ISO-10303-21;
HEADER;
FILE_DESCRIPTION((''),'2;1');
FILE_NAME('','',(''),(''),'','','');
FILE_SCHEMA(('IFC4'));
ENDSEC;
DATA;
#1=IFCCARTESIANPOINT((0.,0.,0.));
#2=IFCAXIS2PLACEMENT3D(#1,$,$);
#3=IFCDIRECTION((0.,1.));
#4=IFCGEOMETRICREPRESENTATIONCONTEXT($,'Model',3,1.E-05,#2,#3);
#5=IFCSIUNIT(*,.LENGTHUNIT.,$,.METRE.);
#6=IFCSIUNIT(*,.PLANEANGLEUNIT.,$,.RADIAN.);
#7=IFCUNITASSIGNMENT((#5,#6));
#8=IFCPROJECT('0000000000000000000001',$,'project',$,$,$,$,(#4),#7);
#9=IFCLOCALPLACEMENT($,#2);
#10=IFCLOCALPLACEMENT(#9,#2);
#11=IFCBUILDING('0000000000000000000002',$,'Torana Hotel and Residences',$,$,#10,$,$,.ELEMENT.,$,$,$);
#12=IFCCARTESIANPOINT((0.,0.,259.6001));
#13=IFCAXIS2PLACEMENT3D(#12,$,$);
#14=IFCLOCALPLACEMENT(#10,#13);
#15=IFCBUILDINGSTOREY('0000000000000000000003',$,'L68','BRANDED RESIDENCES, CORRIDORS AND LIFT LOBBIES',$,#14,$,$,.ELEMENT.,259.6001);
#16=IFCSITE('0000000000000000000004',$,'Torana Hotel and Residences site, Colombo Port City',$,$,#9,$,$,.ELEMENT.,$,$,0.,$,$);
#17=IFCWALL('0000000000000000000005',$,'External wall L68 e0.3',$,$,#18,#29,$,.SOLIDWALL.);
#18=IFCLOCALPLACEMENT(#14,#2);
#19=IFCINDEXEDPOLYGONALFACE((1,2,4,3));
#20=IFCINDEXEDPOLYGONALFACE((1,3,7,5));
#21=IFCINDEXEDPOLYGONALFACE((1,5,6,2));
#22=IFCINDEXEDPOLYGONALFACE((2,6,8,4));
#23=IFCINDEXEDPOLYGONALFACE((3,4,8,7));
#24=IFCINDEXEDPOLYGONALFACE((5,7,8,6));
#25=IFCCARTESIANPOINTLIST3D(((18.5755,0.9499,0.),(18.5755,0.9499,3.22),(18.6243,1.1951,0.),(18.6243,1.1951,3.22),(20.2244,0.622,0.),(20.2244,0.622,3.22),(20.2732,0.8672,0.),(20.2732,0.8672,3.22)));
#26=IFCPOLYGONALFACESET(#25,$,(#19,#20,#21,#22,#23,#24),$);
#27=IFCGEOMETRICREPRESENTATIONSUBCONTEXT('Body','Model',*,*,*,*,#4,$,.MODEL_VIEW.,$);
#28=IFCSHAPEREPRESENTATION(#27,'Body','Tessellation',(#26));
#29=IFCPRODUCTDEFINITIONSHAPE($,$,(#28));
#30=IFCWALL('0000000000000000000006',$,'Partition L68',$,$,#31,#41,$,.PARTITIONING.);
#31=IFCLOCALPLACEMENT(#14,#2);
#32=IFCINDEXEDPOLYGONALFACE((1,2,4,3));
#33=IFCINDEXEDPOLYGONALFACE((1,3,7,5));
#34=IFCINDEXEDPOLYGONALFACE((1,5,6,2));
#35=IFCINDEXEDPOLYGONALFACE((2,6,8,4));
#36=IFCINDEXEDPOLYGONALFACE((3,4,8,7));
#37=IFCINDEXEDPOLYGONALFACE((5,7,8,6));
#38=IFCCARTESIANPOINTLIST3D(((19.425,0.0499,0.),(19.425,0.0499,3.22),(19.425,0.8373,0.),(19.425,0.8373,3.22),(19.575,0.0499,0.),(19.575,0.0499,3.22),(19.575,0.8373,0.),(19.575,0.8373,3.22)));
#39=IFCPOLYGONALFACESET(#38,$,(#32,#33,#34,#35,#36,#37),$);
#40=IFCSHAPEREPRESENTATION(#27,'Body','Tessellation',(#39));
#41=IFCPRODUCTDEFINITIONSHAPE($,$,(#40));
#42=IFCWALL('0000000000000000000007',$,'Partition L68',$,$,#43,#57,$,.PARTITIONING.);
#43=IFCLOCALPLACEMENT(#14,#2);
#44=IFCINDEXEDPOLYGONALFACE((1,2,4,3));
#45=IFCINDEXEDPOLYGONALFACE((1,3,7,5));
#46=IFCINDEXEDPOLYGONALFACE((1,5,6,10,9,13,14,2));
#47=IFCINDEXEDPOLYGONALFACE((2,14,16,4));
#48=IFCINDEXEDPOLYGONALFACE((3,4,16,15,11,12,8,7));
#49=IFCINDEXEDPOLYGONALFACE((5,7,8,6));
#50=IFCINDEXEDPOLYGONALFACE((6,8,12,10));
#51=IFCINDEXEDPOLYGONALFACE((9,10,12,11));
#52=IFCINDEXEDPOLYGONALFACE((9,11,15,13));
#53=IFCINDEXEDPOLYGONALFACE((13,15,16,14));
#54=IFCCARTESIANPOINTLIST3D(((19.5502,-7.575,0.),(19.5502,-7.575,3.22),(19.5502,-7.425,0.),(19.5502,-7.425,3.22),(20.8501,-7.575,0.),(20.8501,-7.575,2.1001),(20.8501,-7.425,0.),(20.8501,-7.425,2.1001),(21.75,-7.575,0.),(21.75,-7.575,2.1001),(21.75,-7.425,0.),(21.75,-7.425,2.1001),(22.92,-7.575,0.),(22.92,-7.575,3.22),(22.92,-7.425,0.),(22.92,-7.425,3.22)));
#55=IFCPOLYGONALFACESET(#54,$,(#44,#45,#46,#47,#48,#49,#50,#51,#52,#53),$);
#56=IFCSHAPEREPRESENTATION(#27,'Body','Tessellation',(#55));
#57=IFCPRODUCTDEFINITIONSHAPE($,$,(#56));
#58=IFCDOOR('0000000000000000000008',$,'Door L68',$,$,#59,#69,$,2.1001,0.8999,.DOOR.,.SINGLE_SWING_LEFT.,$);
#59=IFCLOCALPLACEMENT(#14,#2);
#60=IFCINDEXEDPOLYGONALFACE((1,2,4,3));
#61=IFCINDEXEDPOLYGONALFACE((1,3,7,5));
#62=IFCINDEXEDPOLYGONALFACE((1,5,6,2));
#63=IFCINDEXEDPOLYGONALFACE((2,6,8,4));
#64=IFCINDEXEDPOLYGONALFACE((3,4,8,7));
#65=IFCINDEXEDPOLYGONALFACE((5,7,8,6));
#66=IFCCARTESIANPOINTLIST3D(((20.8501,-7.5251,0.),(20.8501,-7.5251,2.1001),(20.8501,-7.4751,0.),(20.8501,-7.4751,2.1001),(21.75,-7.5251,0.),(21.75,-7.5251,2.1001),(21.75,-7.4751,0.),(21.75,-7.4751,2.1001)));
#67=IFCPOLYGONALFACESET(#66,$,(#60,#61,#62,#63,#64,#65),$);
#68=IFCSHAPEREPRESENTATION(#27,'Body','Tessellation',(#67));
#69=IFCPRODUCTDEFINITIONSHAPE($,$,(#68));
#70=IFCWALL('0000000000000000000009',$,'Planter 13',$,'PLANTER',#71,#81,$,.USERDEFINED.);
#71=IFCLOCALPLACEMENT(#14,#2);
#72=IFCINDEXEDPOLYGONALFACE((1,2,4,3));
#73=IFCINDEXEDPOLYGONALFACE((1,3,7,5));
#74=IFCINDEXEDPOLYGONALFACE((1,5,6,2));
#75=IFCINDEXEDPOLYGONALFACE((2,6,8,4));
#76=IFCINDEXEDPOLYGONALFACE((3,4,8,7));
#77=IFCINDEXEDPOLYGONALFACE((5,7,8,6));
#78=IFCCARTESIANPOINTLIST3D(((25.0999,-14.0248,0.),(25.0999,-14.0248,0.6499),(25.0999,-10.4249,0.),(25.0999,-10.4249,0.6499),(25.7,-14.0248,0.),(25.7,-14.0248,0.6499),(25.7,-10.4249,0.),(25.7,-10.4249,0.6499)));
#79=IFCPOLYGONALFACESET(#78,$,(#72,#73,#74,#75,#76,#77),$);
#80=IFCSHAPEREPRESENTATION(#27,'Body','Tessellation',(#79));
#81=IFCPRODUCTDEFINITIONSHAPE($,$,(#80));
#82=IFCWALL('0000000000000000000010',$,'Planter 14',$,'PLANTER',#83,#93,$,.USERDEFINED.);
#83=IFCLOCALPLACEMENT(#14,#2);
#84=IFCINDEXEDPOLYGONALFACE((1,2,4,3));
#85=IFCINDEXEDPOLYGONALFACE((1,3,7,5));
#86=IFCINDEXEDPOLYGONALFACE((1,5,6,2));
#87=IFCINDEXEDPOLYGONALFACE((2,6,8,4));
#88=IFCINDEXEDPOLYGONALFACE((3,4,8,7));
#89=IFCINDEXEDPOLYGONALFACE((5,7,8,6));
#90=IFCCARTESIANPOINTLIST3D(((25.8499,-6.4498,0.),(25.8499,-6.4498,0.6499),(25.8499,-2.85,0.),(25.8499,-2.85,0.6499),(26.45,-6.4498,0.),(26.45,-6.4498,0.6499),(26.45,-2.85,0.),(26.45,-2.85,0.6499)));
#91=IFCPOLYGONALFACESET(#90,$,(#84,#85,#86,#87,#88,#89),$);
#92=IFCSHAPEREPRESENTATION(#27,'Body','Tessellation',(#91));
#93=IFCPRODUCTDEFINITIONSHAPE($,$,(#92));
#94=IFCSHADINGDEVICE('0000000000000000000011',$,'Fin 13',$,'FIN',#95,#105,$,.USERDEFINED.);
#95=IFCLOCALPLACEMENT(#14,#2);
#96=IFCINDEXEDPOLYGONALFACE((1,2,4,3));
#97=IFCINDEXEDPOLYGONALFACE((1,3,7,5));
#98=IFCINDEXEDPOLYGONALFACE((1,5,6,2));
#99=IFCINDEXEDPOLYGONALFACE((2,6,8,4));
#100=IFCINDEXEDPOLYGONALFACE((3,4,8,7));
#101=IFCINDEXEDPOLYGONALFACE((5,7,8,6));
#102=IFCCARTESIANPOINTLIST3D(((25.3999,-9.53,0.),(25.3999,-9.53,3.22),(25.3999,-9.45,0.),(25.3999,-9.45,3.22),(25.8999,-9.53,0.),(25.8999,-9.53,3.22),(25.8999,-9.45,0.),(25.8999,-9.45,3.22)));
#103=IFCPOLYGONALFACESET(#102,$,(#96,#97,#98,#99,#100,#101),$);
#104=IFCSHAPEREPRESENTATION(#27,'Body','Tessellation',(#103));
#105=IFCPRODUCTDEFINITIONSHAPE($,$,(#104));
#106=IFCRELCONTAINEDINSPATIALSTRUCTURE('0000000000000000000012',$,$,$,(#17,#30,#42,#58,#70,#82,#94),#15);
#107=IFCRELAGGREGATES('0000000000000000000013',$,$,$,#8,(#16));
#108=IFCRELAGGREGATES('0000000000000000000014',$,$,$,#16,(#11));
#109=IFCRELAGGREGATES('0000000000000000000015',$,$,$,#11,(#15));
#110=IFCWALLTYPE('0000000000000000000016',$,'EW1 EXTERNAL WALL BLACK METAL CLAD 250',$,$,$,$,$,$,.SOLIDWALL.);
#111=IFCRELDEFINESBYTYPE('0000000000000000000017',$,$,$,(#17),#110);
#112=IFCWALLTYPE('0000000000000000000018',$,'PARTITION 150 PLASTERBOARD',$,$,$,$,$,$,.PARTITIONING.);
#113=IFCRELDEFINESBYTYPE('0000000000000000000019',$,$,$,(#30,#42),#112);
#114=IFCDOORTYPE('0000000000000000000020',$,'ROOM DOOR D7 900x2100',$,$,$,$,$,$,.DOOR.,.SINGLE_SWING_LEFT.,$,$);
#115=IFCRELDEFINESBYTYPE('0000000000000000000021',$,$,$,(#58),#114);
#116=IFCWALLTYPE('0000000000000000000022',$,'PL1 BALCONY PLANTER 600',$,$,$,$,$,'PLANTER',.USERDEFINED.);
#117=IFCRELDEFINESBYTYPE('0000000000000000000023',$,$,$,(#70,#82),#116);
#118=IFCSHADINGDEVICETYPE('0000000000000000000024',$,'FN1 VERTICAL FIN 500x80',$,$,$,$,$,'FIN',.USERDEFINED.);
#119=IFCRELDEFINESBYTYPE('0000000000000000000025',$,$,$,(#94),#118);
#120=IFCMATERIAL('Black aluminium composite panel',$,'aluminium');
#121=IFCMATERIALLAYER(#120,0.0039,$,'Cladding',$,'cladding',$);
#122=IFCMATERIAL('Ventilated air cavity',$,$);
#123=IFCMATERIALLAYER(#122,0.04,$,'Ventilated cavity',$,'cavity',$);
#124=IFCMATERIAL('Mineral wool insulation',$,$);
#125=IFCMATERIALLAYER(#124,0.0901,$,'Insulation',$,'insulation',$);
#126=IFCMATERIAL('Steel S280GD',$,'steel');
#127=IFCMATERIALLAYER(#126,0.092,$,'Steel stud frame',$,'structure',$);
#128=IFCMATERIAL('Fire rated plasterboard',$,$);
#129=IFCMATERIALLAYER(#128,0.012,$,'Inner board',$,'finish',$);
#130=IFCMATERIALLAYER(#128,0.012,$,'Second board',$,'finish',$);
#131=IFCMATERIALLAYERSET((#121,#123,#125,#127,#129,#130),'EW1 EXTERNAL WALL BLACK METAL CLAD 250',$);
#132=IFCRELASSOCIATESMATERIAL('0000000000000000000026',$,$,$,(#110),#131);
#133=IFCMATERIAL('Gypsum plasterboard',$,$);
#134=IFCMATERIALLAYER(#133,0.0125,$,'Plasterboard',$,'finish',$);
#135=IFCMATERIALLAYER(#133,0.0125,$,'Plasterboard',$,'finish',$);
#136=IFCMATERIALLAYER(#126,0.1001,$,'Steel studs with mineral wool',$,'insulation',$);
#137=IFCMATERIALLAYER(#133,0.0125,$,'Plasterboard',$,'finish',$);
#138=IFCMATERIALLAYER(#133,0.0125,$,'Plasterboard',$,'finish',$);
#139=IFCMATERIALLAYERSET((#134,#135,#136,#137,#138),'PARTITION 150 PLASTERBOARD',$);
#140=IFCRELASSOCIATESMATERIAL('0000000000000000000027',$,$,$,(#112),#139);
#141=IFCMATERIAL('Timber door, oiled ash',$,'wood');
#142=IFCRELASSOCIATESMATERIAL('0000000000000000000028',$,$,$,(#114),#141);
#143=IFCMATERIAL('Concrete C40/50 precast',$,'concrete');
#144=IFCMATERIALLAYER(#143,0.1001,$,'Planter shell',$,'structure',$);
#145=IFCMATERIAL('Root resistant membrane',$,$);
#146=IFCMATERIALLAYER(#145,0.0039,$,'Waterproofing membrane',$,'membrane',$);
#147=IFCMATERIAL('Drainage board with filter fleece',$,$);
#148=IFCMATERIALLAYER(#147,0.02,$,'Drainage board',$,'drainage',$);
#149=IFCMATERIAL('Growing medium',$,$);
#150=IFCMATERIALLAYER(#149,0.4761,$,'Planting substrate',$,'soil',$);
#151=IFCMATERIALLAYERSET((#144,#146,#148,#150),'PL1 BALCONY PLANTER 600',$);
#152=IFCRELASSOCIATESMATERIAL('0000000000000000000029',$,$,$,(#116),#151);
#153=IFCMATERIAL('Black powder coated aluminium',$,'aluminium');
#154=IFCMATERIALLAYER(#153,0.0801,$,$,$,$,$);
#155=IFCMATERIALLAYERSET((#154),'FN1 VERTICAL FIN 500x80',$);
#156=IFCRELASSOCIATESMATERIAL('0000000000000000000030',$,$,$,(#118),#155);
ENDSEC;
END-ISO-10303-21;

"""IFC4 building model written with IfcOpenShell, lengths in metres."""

from ifc_helpers import new_model, si_unit, direction, frame, frame_2d, origin, origin_2d, place, context, subcontext, project, spatial, rectangle, extrude, material, layer, layer_set, type_object, element, fill, save


model = new_model("IFC4")

# Units and contexts
model_context = context("Model", 3, precision=1e-05, world=origin(), true_north=direction((0.0, 1.0)))
body_context = subcontext(model_context, "Body", "Model", "MODEL_VIEW")
ifc_project = project(units=[si_unit("LENGTHUNIT", "METRE"), si_unit("PLANEANGLEUNIT", "RADIAN")], contexts=[model_context])

# Site, building, storey
site_placement = place(None, origin())
site = spatial("IfcSite", under=ifc_project, at=site_placement, Name="Torana Hotel and Residences site, Colombo Port City", CompositionType="ELEMENT", RefElevation=0.0)
building_placement = place(site_placement, origin())
building = spatial("IfcBuilding", under=site, at=building_placement, Name="Torana Hotel and Residences", CompositionType="ELEMENT")
storey_placement = place(building_placement, frame((0.0, 0.0, 259.6001)))
storey = spatial("IfcBuildingStorey", under=building, at=storey_placement, Name="L68", Description="BRANDED RESIDENCES, CORRIDORS AND LIFT LOBBIES", CompositionType="ELEMENT", Elevation=259.6001)

# Walls
ifc_material_1 = material(Name="Black aluminium composite panel", Category="aluminium")
ifc_layer_1 = layer(ifc_material_1, 0.0039, Name="Cladding", Category="cladding")
ifc_material_2 = material(Name="Ventilated air cavity")
ifc_layer_2 = layer(ifc_material_2, 0.04, Name="Ventilated cavity", Category="cavity")
ifc_material_3 = material(Name="Mineral wool insulation")
ifc_layer_3 = layer(ifc_material_3, 0.0901, Name="Insulation", Category="insulation")
ifc_material_4 = material(Name="Steel S280GD", Category="steel")
ifc_layer_4 = layer(ifc_material_4, 0.092, Name="Steel stud frame", Category="structure")
ifc_material_5 = material(Name="Fire rated plasterboard")
ifc_layer_5 = layer(ifc_material_5, 0.012, Name="Inner board", Category="finish")
ifc_layer_6 = layer(ifc_material_5, 0.012, Name="Second board", Category="finish")
ifc_layer_set_1 = layer_set([ifc_layer_1, ifc_layer_2, ifc_layer_3, ifc_layer_4, ifc_layer_5, ifc_layer_6], Name="EW1 EXTERNAL WALL BLACK METAL CLAD 250")
wall_type_1 = type_object("IfcWallType", Name="EW1 EXTERNAL WALL BLACK METAL CLAD 250", PredefinedType="SOLIDWALL", material=ifc_layer_set_1)
wall_1_placement = place(storey_placement, frame((20.2488, 0.7446, 0.0), z_axis=(0.0, 0.0, 1.0), x_axis=(-0.980798, 0.195027, 0.0)))
element("IfcWall", 1, at=wall_1_placement, inside=storey, type_object=wall_type_1, Name="External wall L68 e0.3", PredefinedType="SOLIDWALL", context=body_context, shape_type="SweptSolid", body=[
    extrude(rectangle(XDim=1.6812, YDim=0.25, at=frame_2d((0.8406, 0.0))), origin(), (0.0, 0.0, 1.0), 3.22),
])
ifc_material_6 = material(Name="Gypsum plasterboard")
ifc_layer_7 = layer(ifc_material_6, 0.0125, Name="Plasterboard", Category="finish")
ifc_layer_8 = layer(ifc_material_6, 0.0125, Name="Plasterboard", Category="finish")
ifc_layer_9 = layer(ifc_material_4, 0.1001, Name="Steel studs with mineral wool", Category="insulation")
ifc_layer_10 = layer(ifc_material_6, 0.0125, Name="Plasterboard", Category="finish")
ifc_layer_11 = layer(ifc_material_6, 0.0125, Name="Plasterboard", Category="finish")
ifc_layer_set_2 = layer_set([ifc_layer_7, ifc_layer_8, ifc_layer_9, ifc_layer_10, ifc_layer_11], Name="PARTITION 150 PLASTERBOARD")
wall_type_2 = type_object("IfcWallType", Name="PARTITION 150 PLASTERBOARD", PredefinedType="PARTITIONING", material=ifc_layer_set_2)
wall_2_placement = place(storey_placement, frame((19.5, 0.05, 0.0), z_axis=(0.0, 0.0, 1.0), x_axis=(0.0, 1.0, 0.0)))
element("IfcWall", 2, at=wall_2_placement, inside=storey, type_object=wall_type_2, Name="Partition L68", PredefinedType="PARTITIONING", context=body_context, shape_type="SweptSolid", body=[
    extrude(rectangle(XDim=0.7874, YDim=0.1499, at=frame_2d((0.3936, 0.0))), origin(), (0.0, 0.0, 1.0), 3.22),
])

# Wall, opening, door
wall_3_placement = place(storey_placement, frame((19.55, -7.5, 0.0), z_axis=(0.0, 0.0, 1.0), x_axis=(1.0, 0.0, 0.0)))
wall_3 = element("IfcWall", 3, at=wall_3_placement, inside=storey, type_object=wall_type_2, Name="Partition L68", PredefinedType="PARTITIONING", context=body_context, shape_type="SweptSolid", body=[
    extrude(rectangle(XDim=3.3699, YDim=0.1499, at=frame_2d((1.6851, 0.0))), origin(), (0.0, 0.0, 1.0), 3.22),
])
opening_placement = place(wall_3_placement, frame((1.3, 0.0, 0.0)))
opening = element("IfcOpeningElement", 4, at=opening_placement, cuts=wall_3, PredefinedType="OPENING", context=body_context, shape_type="SweptSolid", body=[
    extrude(rectangle(XDim=0.8999, YDim=2.1001, at=frame_2d((0.45, 1.05))), frame((0.0, 0.085, 0.0), z_axis=(0.0, -1.0, 0.0), x_axis=(1.0, 0.0, 0.0)), (0.0, 0.0, 1.0), 0.1699),
])
ifc_material_7 = material(Name="Timber door, oiled ash", Category="wood")
door_type = type_object("IfcDoorType", Name="ROOM DOOR D7 900x2100", OperationType="SINGLE_SWING_LEFT", PredefinedType="DOOR", material=ifc_material_7)
door_placement = place(opening_placement, origin())
door = element("IfcDoor", 5, at=door_placement, inside=storey, type_object=door_type, Name="Door L68", OperationType="SINGLE_SWING_LEFT", OverallHeight=2.1001, OverallWidth=0.8999, PredefinedType="DOOR", context=body_context, shape_type="SweptSolid", body=[
    extrude(rectangle(XDim=0.8999, YDim=2.1001, at=frame_2d((0.45, 1.05))), frame((0.0, 0.0249, 0.0), z_axis=(0.0, -1.0, 0.0), x_axis=(1.0, 0.0, 0.0)), (0.0, 0.0, 1.0), 0.05),
])
fill(opening, door)

# Walls
ifc_material_8 = material(Name="Concrete C40/50 precast", Category="concrete")
ifc_layer_12 = layer(ifc_material_8, 0.1001, Name="Planter shell", Category="structure")
ifc_material_9 = material(Name="Root resistant membrane")
ifc_layer_13 = layer(ifc_material_9, 0.0039, Name="Waterproofing membrane", Category="membrane")
ifc_material_10 = material(Name="Drainage board with filter fleece")
ifc_layer_14 = layer(ifc_material_10, 0.02, Name="Drainage board", Category="drainage")
ifc_material_11 = material(Name="Growing medium")
ifc_layer_15 = layer(ifc_material_11, 0.4761, Name="Planting substrate", Category="soil")
ifc_layer_set_3 = layer_set([ifc_layer_12, ifc_layer_13, ifc_layer_14, ifc_layer_15], Name="PL1 BALCONY PLANTER 600")
wall_type_3 = type_object("IfcWallType", Name="PL1 BALCONY PLANTER 600", ElementType="PLANTER", PredefinedType="USERDEFINED", material=ifc_layer_set_3)
for number, where, z_axis, x_axis, name in (
    (6, (25.3999, -10.425, 0.0), (0.0, 0.0, 1.0), (0.0, -1.0, 0.0), "Planter 13"),
    (7, (26.1499, -2.8501, 0.0), (0.0, 0.0, 1.0), (0.0, -1.0, 0.0), "Planter 14"),
):
    element("IfcWall", number, at=place(storey_placement, frame(where, z_axis=z_axis, x_axis=x_axis)), inside=storey, type_object=wall_type_3, Name=name, ObjectType="PLANTER", PredefinedType="USERDEFINED", context=body_context, shape_type="SweptSolid", body=[
        extrude(rectangle(XDim=3.5999, YDim=0.6001, at=frame_2d((1.7998, 0.0))), origin(), (0.0, 0.0, 1.0), 0.6499),
    ])

# Shading device
ifc_material_12 = material(Name="Black powder coated aluminium", Category="aluminium")
ifc_layer_16 = layer(ifc_material_12, 0.0801)
ifc_layer_set_4 = layer_set([ifc_layer_16], Name="FN1 VERTICAL FIN 500x80")
shading_device_type = type_object("IfcShadingDeviceType", Name="FN1 VERTICAL FIN 500x80", ElementType="FIN", PredefinedType="USERDEFINED", material=ifc_layer_set_4)
shading_device_placement = place(storey_placement, frame((25.6499, -9.49, 0.0), z_axis=(0.0, 0.0, 1.0), x_axis=(0.0, -1.0, 0.0)))
element("IfcShadingDevice", 8, at=shading_device_placement, inside=storey, type_object=shading_device_type, Name="Fin 13", ObjectType="FIN", PredefinedType="USERDEFINED", context=body_context, shape_type="SweptSolid", body=[
    extrude(rectangle(XDim=0.0801, YDim=0.5, at=origin_2d()), origin(), (0.0, 0.0, 1.0), 3.22),
])

save(model, "model.ifc")
